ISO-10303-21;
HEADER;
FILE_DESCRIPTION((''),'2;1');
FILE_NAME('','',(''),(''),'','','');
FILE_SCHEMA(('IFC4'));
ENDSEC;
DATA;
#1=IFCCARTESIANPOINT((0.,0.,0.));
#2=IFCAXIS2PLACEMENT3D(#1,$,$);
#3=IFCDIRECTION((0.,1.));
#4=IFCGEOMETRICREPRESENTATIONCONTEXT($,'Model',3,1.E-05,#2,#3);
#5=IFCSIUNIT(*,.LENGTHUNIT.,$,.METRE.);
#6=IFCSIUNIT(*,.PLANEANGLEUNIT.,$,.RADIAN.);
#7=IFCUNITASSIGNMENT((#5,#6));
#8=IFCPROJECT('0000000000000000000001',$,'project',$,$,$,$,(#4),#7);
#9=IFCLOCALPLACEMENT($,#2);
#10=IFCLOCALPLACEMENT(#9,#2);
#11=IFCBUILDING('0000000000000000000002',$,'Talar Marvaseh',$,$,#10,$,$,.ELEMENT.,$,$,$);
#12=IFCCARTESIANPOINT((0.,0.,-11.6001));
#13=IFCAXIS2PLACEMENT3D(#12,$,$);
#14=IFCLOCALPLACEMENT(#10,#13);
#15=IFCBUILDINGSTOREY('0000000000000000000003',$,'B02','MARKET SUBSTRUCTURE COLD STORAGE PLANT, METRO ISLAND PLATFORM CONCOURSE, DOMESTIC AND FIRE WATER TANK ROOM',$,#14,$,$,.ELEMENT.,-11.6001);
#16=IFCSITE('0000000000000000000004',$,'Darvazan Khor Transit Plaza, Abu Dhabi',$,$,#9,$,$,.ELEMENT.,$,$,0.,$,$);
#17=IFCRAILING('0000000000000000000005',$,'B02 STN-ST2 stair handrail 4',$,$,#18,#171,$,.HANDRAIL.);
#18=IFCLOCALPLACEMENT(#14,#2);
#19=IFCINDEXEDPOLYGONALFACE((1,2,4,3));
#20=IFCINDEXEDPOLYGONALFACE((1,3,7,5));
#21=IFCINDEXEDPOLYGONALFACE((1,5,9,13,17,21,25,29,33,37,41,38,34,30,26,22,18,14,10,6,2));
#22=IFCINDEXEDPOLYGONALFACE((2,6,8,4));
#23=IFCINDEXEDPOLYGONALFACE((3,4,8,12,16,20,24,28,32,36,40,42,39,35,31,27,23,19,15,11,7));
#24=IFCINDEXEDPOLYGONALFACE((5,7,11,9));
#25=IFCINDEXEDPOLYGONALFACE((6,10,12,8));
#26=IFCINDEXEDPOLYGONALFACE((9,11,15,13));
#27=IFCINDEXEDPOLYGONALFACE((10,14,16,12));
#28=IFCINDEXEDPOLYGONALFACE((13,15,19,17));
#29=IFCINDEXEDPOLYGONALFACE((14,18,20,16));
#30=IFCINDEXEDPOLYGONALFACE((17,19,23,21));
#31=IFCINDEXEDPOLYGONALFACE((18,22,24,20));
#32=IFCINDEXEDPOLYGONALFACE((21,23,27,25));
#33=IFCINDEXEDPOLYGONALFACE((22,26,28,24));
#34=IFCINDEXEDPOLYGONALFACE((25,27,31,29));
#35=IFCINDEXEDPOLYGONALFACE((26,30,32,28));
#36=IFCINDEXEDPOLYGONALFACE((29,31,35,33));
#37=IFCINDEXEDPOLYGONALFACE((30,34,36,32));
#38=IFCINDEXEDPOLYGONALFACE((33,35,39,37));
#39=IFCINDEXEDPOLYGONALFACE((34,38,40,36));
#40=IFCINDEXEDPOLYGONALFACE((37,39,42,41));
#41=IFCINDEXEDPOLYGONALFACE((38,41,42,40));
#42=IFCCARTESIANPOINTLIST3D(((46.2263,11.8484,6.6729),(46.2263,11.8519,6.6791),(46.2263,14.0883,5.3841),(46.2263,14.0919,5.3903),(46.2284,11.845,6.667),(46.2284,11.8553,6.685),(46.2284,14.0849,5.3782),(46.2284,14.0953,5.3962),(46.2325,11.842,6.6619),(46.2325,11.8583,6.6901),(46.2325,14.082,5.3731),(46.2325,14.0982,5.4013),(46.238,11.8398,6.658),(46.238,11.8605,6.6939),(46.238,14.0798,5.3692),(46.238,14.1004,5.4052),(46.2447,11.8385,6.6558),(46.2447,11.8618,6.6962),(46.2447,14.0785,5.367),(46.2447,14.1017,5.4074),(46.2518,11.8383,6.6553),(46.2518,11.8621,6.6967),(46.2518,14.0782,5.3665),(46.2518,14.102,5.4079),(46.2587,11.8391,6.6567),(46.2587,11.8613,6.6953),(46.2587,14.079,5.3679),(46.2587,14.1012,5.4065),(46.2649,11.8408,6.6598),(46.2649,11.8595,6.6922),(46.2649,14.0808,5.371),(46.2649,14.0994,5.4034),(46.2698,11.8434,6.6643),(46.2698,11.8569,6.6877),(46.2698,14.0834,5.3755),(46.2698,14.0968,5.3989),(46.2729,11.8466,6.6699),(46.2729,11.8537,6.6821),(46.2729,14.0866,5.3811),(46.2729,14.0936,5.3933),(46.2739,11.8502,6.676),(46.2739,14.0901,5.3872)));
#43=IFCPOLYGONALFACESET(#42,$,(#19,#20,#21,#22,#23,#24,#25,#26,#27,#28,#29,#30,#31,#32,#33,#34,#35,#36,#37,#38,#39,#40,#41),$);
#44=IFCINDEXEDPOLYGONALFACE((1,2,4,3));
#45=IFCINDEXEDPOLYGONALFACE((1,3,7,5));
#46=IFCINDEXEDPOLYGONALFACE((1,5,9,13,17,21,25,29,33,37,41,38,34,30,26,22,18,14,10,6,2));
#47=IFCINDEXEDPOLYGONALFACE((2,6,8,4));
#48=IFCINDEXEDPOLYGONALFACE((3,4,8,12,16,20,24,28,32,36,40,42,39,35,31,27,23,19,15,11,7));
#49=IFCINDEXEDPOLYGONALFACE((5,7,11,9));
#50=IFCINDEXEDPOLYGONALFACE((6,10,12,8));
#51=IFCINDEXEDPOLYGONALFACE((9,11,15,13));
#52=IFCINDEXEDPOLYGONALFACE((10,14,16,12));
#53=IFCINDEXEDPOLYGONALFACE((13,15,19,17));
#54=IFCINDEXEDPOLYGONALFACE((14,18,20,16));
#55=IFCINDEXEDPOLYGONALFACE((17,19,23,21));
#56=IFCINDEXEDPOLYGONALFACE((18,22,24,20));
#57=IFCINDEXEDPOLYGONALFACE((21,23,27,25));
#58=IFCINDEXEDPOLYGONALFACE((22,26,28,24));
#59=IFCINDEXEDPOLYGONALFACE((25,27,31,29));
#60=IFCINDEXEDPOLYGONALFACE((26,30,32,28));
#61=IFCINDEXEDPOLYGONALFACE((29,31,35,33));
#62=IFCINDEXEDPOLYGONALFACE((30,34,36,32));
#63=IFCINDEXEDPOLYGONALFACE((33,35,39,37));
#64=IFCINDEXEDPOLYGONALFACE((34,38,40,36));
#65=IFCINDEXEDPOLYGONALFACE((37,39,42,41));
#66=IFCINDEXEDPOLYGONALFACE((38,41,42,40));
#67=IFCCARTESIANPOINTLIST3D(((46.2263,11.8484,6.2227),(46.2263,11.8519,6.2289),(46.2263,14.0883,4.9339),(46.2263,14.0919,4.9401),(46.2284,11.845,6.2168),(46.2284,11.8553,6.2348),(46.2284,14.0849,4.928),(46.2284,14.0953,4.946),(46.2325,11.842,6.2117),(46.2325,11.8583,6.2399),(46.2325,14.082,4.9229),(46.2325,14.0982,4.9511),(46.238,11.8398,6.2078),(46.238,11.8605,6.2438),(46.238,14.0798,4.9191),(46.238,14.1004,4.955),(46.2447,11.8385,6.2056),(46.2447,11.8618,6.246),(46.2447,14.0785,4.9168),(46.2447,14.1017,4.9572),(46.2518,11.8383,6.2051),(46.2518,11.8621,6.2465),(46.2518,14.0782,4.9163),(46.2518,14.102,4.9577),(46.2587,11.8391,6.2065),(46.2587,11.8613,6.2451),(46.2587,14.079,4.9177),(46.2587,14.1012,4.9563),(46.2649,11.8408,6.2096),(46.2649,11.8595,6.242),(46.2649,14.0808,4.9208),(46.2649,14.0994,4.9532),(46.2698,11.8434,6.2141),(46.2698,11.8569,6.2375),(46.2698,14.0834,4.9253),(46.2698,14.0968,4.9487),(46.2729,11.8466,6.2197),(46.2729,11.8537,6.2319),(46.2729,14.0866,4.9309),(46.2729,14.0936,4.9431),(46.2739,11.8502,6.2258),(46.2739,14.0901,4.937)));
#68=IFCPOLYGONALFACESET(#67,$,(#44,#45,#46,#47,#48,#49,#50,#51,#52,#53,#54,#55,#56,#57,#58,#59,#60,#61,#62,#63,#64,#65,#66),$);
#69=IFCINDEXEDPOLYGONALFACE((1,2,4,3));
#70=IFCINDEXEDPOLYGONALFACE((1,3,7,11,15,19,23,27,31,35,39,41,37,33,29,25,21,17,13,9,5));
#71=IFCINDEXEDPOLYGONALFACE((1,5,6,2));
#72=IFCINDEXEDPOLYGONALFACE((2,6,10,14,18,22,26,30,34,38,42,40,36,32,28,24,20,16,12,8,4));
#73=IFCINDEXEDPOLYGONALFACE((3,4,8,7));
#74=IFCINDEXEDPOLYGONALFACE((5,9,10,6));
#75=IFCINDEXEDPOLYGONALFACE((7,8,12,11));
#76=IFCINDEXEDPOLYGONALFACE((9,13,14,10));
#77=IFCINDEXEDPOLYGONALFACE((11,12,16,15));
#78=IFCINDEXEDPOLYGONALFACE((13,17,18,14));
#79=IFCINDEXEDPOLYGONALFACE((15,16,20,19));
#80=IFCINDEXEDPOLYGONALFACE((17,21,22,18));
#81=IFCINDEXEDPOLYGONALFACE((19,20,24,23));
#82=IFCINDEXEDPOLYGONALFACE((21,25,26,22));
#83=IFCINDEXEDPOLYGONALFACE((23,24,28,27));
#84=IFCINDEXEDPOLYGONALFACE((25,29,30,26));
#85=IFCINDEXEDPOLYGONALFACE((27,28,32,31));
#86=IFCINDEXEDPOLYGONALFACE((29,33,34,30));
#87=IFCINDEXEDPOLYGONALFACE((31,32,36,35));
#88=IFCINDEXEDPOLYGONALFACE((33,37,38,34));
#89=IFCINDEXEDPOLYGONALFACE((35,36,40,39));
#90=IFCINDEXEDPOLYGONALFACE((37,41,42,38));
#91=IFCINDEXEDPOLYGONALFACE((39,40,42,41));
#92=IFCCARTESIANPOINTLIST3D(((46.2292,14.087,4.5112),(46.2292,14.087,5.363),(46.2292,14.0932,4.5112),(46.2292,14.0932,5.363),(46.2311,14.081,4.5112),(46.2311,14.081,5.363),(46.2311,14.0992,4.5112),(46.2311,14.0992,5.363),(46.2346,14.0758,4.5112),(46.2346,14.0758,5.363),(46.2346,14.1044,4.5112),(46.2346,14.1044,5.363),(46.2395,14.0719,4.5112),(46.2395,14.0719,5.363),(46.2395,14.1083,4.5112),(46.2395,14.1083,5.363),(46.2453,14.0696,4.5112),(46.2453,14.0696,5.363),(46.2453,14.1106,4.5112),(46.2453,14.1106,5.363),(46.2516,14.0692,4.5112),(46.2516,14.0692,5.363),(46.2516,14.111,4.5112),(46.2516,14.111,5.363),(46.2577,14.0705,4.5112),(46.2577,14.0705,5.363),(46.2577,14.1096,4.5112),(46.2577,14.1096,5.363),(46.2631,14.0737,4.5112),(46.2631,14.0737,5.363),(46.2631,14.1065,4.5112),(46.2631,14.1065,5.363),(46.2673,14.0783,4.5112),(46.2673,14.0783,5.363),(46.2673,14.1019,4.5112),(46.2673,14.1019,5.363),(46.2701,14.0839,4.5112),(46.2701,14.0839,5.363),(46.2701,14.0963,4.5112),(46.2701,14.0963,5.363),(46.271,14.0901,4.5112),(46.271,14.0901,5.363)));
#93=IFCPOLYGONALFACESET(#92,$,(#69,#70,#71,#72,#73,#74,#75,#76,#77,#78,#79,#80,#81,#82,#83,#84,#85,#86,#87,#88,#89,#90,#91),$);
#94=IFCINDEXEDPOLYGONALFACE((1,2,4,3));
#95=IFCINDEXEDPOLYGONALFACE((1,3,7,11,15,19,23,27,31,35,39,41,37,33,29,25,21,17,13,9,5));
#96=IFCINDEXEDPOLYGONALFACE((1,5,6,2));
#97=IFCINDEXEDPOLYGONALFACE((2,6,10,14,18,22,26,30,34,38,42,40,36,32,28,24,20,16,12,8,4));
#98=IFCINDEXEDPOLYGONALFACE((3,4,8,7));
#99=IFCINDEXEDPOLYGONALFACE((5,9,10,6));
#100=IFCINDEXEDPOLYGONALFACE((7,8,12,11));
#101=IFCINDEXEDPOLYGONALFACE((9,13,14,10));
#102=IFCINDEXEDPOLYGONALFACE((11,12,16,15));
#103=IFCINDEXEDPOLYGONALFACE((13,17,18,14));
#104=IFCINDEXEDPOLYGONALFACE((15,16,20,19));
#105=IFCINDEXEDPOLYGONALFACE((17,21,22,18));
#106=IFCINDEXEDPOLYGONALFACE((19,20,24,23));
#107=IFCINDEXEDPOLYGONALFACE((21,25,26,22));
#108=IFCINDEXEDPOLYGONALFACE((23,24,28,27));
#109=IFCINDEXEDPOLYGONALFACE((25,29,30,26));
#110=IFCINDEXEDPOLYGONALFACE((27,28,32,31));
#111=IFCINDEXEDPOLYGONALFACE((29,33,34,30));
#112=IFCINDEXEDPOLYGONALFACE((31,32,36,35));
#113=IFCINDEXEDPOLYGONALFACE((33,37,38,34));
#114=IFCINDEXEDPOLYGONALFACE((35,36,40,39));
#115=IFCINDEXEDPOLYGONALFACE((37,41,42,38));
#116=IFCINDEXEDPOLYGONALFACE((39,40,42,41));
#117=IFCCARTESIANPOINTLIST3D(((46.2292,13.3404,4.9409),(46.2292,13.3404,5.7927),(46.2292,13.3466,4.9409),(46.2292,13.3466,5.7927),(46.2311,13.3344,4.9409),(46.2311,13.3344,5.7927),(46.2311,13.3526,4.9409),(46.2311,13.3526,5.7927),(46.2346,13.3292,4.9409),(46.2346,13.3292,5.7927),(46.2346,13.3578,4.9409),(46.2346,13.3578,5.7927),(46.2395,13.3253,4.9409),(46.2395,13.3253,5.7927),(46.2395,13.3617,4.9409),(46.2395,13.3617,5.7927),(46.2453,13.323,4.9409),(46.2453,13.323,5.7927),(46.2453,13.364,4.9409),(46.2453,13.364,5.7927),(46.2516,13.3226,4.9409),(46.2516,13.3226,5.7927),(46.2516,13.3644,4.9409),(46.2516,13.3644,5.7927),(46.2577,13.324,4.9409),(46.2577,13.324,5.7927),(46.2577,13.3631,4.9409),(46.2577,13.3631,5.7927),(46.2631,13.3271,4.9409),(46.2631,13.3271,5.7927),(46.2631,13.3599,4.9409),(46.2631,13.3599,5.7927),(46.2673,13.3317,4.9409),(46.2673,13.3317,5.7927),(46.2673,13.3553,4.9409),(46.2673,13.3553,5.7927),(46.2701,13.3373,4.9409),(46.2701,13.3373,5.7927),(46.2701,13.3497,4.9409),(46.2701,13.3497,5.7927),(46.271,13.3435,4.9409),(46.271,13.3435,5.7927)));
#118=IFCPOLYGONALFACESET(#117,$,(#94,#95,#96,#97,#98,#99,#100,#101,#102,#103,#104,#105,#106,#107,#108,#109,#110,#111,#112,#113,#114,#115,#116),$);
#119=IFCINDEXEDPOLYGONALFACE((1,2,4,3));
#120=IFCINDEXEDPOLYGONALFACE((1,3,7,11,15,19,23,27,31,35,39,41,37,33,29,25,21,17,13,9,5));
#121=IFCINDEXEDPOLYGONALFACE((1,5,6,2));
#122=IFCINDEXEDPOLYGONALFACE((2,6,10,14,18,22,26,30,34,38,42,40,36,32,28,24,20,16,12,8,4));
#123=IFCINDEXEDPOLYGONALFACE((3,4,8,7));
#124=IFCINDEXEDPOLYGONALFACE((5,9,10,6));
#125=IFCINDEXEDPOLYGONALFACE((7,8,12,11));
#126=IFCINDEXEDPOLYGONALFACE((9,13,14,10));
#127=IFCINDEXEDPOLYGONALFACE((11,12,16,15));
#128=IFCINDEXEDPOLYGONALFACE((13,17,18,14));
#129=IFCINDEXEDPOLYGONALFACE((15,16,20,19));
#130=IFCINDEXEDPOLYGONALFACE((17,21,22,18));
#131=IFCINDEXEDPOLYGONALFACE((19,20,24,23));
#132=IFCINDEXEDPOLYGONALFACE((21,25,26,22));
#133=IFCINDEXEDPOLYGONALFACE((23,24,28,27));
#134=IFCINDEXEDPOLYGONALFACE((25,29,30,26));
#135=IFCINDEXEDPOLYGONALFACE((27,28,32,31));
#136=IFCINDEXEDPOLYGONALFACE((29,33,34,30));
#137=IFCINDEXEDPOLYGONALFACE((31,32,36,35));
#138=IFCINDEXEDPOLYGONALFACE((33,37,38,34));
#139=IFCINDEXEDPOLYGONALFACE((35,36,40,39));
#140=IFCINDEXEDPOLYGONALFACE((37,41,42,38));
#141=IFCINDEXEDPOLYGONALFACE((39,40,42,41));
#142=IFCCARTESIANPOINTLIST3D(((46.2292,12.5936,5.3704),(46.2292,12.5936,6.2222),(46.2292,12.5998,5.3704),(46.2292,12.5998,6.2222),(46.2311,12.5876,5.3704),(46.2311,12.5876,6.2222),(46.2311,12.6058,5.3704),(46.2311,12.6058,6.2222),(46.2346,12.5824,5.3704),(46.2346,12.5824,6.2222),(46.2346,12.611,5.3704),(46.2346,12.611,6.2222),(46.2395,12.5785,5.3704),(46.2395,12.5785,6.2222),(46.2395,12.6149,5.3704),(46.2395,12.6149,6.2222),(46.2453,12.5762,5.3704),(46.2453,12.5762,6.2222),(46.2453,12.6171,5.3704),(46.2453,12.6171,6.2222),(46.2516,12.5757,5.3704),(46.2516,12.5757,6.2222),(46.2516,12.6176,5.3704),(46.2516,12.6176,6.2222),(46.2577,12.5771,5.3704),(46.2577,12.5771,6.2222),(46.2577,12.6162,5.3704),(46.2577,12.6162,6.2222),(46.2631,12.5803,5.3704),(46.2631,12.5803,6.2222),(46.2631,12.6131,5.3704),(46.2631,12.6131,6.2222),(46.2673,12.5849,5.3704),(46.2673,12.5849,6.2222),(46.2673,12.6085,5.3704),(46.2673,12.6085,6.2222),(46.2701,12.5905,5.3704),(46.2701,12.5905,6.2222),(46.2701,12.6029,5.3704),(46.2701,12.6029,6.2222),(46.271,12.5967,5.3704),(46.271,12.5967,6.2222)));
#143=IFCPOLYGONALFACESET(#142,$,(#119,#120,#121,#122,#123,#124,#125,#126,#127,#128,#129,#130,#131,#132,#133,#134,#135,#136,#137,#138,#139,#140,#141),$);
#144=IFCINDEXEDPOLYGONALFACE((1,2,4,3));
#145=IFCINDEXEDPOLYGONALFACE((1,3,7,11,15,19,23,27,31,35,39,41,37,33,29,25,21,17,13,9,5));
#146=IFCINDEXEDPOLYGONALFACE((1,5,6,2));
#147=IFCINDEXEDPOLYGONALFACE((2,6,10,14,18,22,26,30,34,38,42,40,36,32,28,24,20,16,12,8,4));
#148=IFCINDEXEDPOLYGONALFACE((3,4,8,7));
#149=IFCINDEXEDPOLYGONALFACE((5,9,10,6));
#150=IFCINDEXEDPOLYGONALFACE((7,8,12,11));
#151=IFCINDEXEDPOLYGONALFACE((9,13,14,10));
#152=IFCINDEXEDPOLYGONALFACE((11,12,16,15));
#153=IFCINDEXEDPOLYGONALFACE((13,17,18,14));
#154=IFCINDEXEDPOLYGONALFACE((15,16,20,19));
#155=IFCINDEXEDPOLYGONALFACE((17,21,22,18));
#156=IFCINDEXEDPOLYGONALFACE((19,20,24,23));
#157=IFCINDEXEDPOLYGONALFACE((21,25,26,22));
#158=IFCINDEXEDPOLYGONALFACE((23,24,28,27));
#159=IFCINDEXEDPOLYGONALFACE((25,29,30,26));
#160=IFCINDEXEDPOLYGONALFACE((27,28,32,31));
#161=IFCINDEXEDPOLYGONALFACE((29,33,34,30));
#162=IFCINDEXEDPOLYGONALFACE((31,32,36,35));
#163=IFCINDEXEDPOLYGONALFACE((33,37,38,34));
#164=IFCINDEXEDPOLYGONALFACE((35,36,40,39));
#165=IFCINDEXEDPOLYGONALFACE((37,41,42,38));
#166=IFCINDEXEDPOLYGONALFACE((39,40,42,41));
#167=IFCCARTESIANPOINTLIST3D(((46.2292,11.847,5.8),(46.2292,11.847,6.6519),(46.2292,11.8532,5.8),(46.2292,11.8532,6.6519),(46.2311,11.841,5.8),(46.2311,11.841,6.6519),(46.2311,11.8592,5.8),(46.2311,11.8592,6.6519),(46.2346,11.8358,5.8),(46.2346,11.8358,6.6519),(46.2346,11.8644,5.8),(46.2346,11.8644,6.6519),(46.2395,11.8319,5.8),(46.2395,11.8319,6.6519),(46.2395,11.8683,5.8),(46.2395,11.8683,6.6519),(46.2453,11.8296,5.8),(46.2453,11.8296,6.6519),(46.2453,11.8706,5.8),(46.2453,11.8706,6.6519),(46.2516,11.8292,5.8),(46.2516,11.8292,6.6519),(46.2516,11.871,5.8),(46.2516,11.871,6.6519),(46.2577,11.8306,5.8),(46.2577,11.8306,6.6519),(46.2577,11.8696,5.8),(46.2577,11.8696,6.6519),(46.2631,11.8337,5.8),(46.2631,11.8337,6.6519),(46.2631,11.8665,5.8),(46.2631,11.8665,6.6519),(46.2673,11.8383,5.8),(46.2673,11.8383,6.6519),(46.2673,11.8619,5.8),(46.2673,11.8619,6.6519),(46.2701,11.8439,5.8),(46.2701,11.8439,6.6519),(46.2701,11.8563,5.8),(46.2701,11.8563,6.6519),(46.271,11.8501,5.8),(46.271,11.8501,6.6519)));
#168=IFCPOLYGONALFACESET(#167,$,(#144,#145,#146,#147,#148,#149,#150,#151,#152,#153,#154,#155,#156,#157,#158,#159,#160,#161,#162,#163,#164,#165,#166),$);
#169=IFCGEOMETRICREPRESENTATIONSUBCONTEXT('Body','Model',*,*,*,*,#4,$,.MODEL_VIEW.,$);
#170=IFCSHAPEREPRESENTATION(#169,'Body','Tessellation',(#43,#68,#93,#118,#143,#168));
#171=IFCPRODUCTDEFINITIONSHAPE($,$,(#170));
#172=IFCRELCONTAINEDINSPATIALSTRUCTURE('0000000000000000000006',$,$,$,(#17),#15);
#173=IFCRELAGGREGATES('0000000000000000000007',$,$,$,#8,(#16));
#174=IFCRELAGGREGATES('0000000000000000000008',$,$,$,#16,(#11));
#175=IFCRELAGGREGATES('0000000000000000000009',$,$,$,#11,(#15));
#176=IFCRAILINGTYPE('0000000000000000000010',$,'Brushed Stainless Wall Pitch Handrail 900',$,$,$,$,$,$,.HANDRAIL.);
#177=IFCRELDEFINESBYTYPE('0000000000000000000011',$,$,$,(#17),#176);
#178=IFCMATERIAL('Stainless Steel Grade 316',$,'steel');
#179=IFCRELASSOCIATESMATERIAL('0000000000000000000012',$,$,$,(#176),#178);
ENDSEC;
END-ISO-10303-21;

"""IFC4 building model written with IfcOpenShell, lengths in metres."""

from ifc_helpers import new_model, si_unit, direction, frame, origin, origin_2d, place, context, subcontext, project, spatial, circle, extrude, material, type_object, element, save


model = new_model("IFC4")

# Units and contexts
model_context = context("Model", 3, precision=1e-05, world=origin(), true_north=direction((0.0, 1.0)))
body_context = subcontext(model_context, "Body", "Model", "MODEL_VIEW")
ifc_project = project(units=[si_unit("LENGTHUNIT", "METRE"), si_unit("PLANEANGLEUNIT", "RADIAN")], contexts=[model_context])

# Site, building, storey
site_placement = place(None, origin())
site = spatial("IfcSite", under=ifc_project, at=site_placement, Name="Darvazan Khor Transit Plaza, Abu Dhabi", CompositionType="ELEMENT", RefElevation=0.0)
building_placement = place(site_placement, origin())
building = spatial("IfcBuilding", under=site, at=building_placement, Name="Talar Marvaseh", CompositionType="ELEMENT")
storey_placement = place(building_placement, frame((0.0, 0.0, -11.6001)))
storey = spatial("IfcBuildingStorey", under=building, at=storey_placement, Name="B02", Description="MARKET SUBSTRUCTURE COLD STORAGE PLANT, METRO ISLAND PLATFORM CONCOURSE, DOMESTIC AND FIRE WATER TANK ROOM", CompositionType="ELEMENT", Elevation=-11.6001)

# Railing
ifc_material_1 = material(Name="Stainless Steel Grade 316", Category="steel")
railing_type_1 = type_object("IfcRailingType", Name="Brushed Stainless Wall Pitch Handrail 900", PredefinedType="HANDRAIL", material=ifc_material_1)
railing_1_placement = place(storey_placement, frame((46.25, 14.0901, 4.5112)))
element("IfcRailing", 1, at=railing_1_placement, inside=storey, type_object=railing_type_1, Name="B02 STN-ST2 stair handrail 4", PredefinedType="HANDRAIL", context=body_context, shape_type="SweptSolid", body=[
    extrude(circle(Radius=0.0239, at=origin_2d()), frame((0.0, 0.0, 0.876), z_axis=(0.0, -0.866768, 0.498711), x_axis=(1.0, 0.0, 0.0)), (0.0, 0.0, 1.0), 2.5842),
    extrude(circle(Radius=0.0239, at=origin_2d()), frame((0.0, 0.0, 0.4258), z_axis=(0.0, -0.866768, 0.498711), x_axis=(1.0, 0.0, 0.0)), (0.0, 0.0, 1.0), 2.5842),
    extrude(circle(Radius=0.021, at=origin_2d()), origin(), (0.0, 0.0, 1.0), 0.8518),
    extrude(circle(Radius=0.021, at=origin_2d()), frame((0.0, -0.7466, 0.4297)), (0.0, 0.0, 1.0), 0.8518),
    extrude(circle(Radius=0.021, at=origin_2d()), frame((0.0, -1.4934, 0.8591)), (0.0, 0.0, 1.0), 0.8518),
    extrude(circle(Radius=0.021, at=origin_2d()), frame((0.0, -2.24, 1.2888)), (0.0, 0.0, 1.0), 0.8518),
])

save(model, "model.ifc")
